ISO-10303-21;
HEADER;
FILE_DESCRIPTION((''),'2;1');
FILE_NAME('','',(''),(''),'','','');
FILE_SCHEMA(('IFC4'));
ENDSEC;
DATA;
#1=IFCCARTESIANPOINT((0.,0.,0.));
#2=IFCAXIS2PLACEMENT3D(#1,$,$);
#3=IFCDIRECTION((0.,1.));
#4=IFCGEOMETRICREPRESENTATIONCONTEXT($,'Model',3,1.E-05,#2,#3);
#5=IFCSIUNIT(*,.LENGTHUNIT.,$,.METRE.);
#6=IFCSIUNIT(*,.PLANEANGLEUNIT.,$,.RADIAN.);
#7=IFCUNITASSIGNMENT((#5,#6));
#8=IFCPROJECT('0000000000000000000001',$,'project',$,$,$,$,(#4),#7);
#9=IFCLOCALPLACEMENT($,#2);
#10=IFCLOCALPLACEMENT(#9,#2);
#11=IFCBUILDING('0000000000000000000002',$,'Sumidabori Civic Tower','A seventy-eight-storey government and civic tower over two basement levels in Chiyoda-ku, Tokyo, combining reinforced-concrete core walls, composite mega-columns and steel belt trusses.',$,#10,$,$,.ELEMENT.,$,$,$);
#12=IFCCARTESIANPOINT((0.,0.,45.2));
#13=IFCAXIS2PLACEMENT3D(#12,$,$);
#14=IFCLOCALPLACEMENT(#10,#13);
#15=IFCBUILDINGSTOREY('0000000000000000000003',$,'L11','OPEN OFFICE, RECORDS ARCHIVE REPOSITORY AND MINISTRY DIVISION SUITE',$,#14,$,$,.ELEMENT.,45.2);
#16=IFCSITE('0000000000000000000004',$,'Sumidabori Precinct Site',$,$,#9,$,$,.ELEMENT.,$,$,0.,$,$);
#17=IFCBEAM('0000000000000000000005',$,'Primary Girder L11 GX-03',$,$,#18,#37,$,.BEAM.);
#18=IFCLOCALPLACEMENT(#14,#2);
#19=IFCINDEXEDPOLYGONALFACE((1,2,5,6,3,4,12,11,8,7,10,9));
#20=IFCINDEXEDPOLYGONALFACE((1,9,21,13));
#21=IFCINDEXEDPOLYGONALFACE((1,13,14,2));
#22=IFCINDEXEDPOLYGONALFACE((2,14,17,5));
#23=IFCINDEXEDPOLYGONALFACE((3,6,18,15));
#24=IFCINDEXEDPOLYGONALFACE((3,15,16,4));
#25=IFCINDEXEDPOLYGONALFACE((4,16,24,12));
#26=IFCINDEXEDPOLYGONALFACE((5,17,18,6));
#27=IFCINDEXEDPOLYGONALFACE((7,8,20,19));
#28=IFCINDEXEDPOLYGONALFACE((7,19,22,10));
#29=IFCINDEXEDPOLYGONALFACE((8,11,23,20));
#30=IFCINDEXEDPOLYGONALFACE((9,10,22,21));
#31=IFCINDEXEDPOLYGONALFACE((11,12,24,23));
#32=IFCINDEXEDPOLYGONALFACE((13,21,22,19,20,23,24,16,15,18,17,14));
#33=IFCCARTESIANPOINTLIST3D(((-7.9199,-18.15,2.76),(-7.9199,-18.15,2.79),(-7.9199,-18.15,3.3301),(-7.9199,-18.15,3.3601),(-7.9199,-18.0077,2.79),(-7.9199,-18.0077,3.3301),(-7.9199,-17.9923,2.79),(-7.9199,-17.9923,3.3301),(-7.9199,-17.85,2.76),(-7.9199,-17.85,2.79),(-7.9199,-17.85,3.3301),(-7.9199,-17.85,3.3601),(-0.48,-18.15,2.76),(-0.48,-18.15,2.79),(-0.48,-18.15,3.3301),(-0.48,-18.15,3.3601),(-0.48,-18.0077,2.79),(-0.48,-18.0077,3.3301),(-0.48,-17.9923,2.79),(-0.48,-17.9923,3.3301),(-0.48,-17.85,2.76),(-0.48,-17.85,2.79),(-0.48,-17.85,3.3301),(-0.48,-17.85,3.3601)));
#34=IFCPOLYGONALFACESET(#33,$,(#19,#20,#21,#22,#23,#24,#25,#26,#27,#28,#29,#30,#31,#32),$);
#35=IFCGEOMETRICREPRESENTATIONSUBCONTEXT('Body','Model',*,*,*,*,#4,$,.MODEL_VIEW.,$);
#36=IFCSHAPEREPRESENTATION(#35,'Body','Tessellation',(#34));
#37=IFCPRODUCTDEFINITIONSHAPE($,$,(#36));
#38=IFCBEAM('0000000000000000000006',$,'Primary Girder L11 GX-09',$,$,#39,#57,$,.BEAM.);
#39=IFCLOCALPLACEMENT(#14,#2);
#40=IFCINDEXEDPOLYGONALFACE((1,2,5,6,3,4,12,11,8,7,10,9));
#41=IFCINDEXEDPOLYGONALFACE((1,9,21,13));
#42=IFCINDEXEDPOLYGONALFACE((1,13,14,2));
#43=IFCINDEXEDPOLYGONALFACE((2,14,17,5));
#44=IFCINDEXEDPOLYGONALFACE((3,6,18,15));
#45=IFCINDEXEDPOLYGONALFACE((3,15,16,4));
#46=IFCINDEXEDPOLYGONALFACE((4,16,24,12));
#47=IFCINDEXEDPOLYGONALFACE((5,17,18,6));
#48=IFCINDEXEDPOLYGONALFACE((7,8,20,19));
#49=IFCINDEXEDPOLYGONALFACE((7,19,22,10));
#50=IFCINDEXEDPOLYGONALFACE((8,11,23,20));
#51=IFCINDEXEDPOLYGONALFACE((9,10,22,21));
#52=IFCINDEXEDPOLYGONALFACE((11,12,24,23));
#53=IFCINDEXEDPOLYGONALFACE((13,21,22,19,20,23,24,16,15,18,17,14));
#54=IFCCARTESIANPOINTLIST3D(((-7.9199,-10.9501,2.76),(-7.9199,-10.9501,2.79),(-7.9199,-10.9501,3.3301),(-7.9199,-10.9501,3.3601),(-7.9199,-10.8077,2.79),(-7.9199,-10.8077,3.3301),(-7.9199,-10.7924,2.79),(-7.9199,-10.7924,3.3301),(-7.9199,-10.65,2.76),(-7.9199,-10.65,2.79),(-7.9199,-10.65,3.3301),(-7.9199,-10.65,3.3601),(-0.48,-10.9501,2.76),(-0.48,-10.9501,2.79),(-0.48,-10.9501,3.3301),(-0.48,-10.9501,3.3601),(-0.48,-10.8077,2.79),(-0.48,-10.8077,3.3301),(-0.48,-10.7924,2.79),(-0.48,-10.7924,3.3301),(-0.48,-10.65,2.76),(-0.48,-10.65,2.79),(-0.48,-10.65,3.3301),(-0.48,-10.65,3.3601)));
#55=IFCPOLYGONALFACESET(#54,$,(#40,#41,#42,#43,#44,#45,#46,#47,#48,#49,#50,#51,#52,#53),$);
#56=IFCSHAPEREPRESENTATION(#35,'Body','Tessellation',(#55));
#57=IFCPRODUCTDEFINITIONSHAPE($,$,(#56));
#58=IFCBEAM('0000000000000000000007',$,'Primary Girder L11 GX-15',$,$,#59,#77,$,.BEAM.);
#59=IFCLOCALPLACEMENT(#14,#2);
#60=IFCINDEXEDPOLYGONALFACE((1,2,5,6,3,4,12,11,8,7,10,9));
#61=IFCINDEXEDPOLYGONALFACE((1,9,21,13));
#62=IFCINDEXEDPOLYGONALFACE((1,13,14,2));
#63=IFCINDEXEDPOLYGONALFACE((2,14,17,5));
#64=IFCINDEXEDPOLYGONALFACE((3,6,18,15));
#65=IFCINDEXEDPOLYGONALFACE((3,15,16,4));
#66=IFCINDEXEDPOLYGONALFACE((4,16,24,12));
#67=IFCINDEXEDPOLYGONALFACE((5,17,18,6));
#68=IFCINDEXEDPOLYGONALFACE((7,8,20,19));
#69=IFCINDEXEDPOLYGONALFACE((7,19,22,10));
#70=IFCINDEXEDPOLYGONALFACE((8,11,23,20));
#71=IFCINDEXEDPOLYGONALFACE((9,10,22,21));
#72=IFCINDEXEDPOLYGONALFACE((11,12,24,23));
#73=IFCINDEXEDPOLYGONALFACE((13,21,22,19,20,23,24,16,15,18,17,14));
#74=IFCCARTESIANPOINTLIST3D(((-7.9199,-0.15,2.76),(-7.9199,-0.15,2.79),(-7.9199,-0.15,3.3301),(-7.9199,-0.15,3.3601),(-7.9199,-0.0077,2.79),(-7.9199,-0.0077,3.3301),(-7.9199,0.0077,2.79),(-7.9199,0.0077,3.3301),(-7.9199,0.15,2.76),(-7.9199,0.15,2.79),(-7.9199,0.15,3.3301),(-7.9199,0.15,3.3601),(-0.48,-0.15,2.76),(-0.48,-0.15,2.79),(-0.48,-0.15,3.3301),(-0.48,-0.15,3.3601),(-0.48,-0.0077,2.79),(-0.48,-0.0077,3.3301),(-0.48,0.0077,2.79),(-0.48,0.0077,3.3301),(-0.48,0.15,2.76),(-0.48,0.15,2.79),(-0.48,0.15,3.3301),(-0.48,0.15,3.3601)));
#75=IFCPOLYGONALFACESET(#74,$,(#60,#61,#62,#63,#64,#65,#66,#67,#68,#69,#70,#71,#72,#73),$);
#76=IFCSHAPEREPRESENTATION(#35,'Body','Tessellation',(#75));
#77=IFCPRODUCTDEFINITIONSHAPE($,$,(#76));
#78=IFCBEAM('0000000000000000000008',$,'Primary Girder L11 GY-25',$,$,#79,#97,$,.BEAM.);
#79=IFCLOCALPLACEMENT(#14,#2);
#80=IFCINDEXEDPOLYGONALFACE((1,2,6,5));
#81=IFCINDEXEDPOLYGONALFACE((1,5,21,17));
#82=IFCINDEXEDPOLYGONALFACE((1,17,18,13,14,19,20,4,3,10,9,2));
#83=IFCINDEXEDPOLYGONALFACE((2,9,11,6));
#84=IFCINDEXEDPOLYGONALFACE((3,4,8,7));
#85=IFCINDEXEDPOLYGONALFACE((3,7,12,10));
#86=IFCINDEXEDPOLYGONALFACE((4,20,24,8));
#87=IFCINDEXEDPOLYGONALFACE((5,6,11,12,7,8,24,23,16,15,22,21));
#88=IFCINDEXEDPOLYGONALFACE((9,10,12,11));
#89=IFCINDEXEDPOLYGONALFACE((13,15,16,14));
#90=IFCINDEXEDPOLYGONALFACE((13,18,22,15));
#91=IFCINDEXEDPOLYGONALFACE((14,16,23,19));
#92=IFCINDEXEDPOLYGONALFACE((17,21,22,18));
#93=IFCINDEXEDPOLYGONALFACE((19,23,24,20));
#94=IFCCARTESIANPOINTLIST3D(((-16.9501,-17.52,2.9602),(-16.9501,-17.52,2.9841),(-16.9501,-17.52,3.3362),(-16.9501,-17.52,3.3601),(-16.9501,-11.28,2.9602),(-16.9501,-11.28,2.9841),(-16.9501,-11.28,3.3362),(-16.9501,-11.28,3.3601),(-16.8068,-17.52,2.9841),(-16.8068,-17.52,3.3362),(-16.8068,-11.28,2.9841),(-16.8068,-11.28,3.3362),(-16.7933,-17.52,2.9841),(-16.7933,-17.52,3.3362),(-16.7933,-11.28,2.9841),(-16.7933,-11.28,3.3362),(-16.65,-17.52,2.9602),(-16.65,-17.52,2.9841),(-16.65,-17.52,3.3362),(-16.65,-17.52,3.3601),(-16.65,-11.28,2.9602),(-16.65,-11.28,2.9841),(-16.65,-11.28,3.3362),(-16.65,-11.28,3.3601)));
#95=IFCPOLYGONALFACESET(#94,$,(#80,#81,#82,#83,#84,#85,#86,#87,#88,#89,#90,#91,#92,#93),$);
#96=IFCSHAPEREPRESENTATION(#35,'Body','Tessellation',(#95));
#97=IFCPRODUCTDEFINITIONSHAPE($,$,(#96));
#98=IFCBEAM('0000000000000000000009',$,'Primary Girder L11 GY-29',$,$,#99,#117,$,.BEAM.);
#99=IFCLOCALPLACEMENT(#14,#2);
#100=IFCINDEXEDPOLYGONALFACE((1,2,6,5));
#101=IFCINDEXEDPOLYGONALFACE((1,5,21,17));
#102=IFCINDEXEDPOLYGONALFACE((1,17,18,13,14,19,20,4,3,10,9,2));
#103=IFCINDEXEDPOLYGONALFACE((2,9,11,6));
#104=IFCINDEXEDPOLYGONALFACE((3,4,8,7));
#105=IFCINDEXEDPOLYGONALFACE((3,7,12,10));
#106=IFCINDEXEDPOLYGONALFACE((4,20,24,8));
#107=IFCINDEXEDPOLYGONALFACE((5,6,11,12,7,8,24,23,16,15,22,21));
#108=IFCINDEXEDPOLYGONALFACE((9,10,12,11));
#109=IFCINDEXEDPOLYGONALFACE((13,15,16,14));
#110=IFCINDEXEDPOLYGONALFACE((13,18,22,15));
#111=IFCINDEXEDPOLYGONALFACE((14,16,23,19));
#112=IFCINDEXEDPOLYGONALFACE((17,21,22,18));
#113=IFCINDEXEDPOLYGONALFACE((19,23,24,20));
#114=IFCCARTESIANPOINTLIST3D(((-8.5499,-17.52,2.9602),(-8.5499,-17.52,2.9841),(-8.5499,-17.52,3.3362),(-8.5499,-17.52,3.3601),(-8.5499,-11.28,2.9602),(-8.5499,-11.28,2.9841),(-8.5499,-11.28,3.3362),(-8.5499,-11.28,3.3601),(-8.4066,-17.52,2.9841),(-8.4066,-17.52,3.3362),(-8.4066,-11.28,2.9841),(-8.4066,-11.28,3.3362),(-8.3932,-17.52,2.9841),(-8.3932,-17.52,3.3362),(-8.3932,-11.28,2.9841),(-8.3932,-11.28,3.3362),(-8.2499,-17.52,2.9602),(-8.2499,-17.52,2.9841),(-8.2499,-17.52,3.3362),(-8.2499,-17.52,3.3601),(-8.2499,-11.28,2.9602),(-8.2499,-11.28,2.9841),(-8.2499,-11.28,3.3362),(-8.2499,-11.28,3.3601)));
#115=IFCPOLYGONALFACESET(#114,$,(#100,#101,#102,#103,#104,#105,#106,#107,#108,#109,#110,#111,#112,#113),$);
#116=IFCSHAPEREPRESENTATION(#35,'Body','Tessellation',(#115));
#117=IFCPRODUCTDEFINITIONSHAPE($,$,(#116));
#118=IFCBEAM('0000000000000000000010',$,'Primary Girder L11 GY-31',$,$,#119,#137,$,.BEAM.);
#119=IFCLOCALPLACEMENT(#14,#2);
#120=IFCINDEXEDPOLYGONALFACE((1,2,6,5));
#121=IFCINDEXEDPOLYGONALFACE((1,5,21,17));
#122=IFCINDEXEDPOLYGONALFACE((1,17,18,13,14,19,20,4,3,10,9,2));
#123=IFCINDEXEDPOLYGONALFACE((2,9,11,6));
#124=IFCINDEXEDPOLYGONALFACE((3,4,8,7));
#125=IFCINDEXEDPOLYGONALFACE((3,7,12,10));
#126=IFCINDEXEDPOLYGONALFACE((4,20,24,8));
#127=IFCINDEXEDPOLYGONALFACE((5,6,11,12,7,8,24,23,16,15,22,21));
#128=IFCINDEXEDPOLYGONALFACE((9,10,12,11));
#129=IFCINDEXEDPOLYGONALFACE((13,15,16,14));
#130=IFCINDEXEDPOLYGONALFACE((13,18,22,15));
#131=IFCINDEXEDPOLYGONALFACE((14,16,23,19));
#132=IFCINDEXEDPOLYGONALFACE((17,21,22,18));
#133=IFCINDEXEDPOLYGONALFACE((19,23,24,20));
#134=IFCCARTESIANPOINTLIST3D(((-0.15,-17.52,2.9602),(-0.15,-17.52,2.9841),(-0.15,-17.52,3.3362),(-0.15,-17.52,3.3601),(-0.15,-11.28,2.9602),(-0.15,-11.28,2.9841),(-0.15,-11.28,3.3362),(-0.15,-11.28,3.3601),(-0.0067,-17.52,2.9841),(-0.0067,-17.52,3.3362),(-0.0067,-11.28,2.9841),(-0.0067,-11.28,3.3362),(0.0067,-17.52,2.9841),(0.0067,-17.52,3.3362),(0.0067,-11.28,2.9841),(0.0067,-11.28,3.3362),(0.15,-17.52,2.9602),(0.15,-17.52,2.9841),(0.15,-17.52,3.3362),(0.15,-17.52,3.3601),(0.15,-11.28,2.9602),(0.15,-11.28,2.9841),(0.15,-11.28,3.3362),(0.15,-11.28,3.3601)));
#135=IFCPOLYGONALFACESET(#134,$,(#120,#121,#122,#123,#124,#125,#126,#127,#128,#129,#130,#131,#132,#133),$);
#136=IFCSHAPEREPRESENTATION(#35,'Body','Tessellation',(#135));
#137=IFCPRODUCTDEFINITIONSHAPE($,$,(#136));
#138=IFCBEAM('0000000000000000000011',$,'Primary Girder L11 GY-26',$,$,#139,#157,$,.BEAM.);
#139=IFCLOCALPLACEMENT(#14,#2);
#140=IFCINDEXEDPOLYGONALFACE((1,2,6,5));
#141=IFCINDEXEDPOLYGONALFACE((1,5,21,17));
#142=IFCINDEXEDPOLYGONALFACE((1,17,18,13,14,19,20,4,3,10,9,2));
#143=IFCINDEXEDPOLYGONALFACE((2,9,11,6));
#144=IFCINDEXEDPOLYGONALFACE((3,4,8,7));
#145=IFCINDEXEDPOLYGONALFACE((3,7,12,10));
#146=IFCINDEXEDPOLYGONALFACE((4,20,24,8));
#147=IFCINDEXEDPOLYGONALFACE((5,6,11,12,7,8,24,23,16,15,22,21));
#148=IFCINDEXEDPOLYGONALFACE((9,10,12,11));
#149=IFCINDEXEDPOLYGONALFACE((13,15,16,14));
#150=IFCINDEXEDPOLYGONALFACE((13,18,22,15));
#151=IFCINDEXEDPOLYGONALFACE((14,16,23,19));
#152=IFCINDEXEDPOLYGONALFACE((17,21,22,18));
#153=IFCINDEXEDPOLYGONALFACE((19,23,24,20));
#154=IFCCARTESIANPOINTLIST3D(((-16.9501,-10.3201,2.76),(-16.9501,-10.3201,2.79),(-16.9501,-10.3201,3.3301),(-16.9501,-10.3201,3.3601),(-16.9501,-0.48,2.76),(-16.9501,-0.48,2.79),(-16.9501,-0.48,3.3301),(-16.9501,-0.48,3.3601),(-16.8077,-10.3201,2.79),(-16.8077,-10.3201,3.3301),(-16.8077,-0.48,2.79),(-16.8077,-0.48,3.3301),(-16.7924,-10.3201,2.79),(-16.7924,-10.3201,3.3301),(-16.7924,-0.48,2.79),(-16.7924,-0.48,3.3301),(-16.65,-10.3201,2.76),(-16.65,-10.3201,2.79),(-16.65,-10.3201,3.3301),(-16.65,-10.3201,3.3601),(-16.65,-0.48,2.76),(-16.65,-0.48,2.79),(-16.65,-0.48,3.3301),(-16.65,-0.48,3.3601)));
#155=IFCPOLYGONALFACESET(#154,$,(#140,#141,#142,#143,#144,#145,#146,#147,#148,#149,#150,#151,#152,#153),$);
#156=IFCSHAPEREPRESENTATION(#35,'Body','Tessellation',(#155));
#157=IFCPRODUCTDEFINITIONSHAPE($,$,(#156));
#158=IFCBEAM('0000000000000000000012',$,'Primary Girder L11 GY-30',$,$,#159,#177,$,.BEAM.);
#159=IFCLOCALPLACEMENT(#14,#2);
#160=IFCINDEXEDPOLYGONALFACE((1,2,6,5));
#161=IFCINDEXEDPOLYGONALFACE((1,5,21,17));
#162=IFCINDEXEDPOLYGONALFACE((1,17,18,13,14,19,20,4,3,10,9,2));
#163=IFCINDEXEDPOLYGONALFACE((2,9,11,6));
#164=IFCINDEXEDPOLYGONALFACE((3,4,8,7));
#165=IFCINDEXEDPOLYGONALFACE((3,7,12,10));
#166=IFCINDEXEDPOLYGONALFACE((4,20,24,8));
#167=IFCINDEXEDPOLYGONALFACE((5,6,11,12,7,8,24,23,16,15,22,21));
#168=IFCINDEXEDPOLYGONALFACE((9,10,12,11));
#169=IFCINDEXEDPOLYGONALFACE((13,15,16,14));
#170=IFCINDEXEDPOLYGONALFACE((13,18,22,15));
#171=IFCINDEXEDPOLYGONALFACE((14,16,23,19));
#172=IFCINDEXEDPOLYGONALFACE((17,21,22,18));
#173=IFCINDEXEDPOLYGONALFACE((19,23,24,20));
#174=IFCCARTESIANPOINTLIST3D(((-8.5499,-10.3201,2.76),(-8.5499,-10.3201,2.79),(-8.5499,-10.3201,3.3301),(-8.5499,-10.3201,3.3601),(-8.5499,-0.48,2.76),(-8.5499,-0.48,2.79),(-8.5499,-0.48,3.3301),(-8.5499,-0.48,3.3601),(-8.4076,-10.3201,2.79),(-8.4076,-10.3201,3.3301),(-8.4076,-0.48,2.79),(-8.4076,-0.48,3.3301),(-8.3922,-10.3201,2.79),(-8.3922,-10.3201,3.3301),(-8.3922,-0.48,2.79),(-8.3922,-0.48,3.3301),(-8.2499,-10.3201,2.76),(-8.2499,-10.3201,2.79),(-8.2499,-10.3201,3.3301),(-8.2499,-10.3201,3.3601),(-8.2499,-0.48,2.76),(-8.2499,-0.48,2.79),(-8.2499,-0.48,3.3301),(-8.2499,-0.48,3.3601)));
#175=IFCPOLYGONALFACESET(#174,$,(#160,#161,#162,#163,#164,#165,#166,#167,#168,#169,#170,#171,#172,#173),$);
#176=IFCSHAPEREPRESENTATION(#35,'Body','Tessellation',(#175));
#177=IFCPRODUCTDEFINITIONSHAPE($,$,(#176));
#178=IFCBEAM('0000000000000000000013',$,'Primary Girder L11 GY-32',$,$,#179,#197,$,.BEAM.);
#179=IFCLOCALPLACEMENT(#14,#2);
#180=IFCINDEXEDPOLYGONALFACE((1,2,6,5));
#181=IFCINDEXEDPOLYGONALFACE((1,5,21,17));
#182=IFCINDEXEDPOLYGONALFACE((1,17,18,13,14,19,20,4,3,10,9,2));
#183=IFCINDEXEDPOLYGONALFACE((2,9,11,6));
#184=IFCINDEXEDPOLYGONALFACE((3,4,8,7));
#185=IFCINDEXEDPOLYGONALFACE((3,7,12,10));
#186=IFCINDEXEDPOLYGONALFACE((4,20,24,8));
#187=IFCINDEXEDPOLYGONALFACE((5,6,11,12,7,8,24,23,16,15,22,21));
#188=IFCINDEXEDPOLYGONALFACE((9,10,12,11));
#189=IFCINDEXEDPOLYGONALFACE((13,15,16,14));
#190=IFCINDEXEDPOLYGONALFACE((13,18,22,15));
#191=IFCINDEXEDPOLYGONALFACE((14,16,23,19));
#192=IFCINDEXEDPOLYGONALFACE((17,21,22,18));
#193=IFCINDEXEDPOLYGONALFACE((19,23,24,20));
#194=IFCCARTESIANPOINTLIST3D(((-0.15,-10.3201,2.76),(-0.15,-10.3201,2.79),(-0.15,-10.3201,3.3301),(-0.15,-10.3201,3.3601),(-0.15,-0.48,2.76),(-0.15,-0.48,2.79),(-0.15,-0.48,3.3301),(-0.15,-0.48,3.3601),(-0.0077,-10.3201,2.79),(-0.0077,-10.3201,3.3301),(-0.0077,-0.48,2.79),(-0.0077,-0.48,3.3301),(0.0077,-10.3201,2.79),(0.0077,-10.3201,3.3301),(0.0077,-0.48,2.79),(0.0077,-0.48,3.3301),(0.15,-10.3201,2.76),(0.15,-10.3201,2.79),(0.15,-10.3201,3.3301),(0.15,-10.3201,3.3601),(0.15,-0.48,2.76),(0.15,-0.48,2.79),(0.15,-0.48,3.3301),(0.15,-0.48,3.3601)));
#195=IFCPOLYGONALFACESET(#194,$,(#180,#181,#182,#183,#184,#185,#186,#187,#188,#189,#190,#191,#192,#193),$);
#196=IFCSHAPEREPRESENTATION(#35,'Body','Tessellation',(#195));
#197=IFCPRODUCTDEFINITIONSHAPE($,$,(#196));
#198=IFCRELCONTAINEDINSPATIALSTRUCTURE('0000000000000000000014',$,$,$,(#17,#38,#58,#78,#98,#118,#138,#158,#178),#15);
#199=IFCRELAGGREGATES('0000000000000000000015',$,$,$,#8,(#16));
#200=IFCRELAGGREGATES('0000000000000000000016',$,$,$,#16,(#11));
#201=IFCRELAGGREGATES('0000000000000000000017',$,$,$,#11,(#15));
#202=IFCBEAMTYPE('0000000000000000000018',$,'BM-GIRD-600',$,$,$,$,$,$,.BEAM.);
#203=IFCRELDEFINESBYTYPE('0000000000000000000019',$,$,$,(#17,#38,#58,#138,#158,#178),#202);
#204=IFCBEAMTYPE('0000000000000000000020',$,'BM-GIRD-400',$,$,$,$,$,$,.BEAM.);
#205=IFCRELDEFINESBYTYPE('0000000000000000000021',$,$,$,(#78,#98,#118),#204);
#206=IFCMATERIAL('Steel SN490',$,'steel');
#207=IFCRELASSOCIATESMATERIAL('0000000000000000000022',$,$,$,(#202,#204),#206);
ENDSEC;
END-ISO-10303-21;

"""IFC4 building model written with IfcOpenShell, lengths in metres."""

from ifc_helpers import new_model, si_unit, direction, frame, origin, origin_2d, place, context, subcontext, project, spatial, i_section, extrude, source, transform, mapped, material, material_profile, profile_set, type_object, element, save


model = new_model("IFC4")

# Units and contexts
model_context = context("Model", 3, precision=1e-05, world=origin(), true_north=direction((0.0, 1.0)))
body_context = subcontext(model_context, "Body", "Model", "MODEL_VIEW")
ifc_project = project(units=[si_unit("LENGTHUNIT", "METRE"), si_unit("PLANEANGLEUNIT", "RADIAN")], contexts=[model_context])

# Site, building, storey
site_placement = place(None, origin())
site = spatial("IfcSite", under=ifc_project, at=site_placement, Name="Sumidabori Precinct Site", CompositionType="ELEMENT", RefElevation=0.0)
building_placement = place(site_placement, origin())
building = spatial("IfcBuilding", under=site, at=building_placement, Name="Sumidabori Civic Tower", Description="A seventy-eight-storey government and civic tower over two basement levels in Chiyoda-ku, Tokyo, combining reinforced-concrete core walls, composite mega-columns and steel belt trusses.", CompositionType="ELEMENT")
storey_placement = place(building_placement, frame((0.0, 0.0, 45.2)))
storey = spatial("IfcBuildingStorey", under=building, at=storey_placement, Name="L11", Description="OPEN OFFICE, RECORDS ARCHIVE REPOSITORY AND MINISTRY DIVISION SUITE", CompositionType="ELEMENT", Elevation=45.2)

# Beams
ifc_material_1 = material(Name="Steel SN490", Category="steel")
ifc_material_profile_1 = material_profile(ifc_material_1, i_section(OverallWidth=0.3, OverallDepth=0.6001, WebThickness=0.0154, FlangeThickness=0.03, at=origin_2d()), Name="HE 600 B")
ifc_profile_set_1 = profile_set([ifc_material_profile_1], Name="Steel SN490")
beam_type_1 = type_object("IfcBeamType", Name="BM-GIRD-600", PredefinedType="BEAM", material=ifc_profile_set_1)
shared_shape_1 = source(origin(), body_context, "Body", "SweptSolid", [
    extrude(i_section(OverallWidth=0.3, OverallDepth=0.6001, WebThickness=0.0154, FlangeThickness=0.03, at=origin_2d()), origin(), (0.0, 0.0, 1.0), 7.4399),
])
for number, where, z_axis, x_axis, name in (
    (1, (-7.9199, -18.0, 3.0601), (1.0, 0.0, 0.0), (0.0, 1.0, 0.0), "Primary Girder L11 GX-03"),
    (2, (-7.9199, -10.8, 3.0601), (1.0, 0.0, 0.0), (0.0, 1.0, 0.0), "Primary Girder L11 GX-09"),
    (3, (-7.9199, 0.0, 3.0601), (1.0, 0.0, 0.0), (0.0, 1.0, 0.0), "Primary Girder L11 GX-15"),
):
    element("IfcBeam", number, at=place(storey_placement, frame(where, z_axis=z_axis, x_axis=x_axis)), inside=storey, type_object=beam_type_1, Name=name, PredefinedType="BEAM", context=body_context, shape_type="MappedRepresentation", body=[
        mapped(shared_shape_1, transform((0.0, 0.0, 0.0), x_axis=(1.0, 0.0, 0.0), y_axis=(0.0, 1.0, 0.0), z_axis=(0.0, 0.0, 1.0), scale=1.0)),
    ])
ifc_material_profile_2 = material_profile(ifc_material_1, i_section(OverallWidth=0.3, OverallDepth=0.3999, WebThickness=0.0134, FlangeThickness=0.0239, at=origin_2d()), Name="HE 400 B")
ifc_profile_set_2 = profile_set([ifc_material_profile_2], Name="Steel SN490")
beam_type_2 = type_object("IfcBeamType", Name="BM-GIRD-400", PredefinedType="BEAM", material=ifc_profile_set_2)
shared_shape_2 = source(origin(), body_context, "Body", "SweptSolid", [
    extrude(i_section(OverallWidth=0.3, OverallDepth=0.3999, WebThickness=0.0134, FlangeThickness=0.0239, at=origin_2d()), origin(), (0.0, 0.0, 1.0), 6.24),
])
for number, where, z_axis, x_axis, name in (
    (4, (-16.8, -17.52, 3.1602), (0.0, 1.0, 0.0), (-1.0, 0.0, 0.0), "Primary Girder L11 GY-25"),
    (5, (-8.3999, -17.52, 3.1602), (0.0, 1.0, 0.0), (-1.0, 0.0, 0.0), "Primary Girder L11 GY-29"),
    (6, (0.0, -17.52, 3.1602), (0.0, 1.0, 0.0), (-1.0, 0.0, 0.0), "Primary Girder L11 GY-31"),
):
    element("IfcBeam", number, at=place(storey_placement, frame(where, z_axis=z_axis, x_axis=x_axis)), inside=storey, type_object=beam_type_2, Name=name, PredefinedType="BEAM", context=body_context, shape_type="MappedRepresentation", body=[
        mapped(shared_shape_2, transform((0.0, 0.0, 0.0), x_axis=(1.0, 0.0, 0.0), y_axis=(0.0, 1.0, 0.0), z_axis=(0.0, 0.0, 1.0), scale=1.0)),
    ])
shared_shape_3 = source(origin(), body_context, "Body", "SweptSolid", [
    extrude(i_section(OverallWidth=0.3, OverallDepth=0.6001, WebThickness=0.0154, FlangeThickness=0.03, at=origin_2d()), origin(), (0.0, 0.0, 1.0), 9.8401),
])
for number, where, z_axis, x_axis, name in (
    (7, (-16.8, -10.3201, 3.0601), (0.0, 1.0, 0.0), (-1.0, 0.0, 0.0), "Primary Girder L11 GY-26"),
    (8, (-8.3999, -10.3201, 3.0601), (0.0, 1.0, 0.0), (-1.0, 0.0, 0.0), "Primary Girder L11 GY-30"),
    (9, (0.0, -10.3201, 3.0601), (0.0, 1.0, 0.0), (-1.0, 0.0, 0.0), "Primary Girder L11 GY-32"),
):
    element("IfcBeam", number, at=place(storey_placement, frame(where, z_axis=z_axis, x_axis=x_axis)), inside=storey, type_object=beam_type_1, Name=name, PredefinedType="BEAM", context=body_context, shape_type="MappedRepresentation", body=[
        mapped(shared_shape_3, transform((0.0, 0.0, 0.0), x_axis=(1.0, 0.0, 0.0), y_axis=(0.0, 1.0, 0.0), z_axis=(0.0, 0.0, 1.0), scale=1.0)),
    ])

save(model, "model.ifc")
